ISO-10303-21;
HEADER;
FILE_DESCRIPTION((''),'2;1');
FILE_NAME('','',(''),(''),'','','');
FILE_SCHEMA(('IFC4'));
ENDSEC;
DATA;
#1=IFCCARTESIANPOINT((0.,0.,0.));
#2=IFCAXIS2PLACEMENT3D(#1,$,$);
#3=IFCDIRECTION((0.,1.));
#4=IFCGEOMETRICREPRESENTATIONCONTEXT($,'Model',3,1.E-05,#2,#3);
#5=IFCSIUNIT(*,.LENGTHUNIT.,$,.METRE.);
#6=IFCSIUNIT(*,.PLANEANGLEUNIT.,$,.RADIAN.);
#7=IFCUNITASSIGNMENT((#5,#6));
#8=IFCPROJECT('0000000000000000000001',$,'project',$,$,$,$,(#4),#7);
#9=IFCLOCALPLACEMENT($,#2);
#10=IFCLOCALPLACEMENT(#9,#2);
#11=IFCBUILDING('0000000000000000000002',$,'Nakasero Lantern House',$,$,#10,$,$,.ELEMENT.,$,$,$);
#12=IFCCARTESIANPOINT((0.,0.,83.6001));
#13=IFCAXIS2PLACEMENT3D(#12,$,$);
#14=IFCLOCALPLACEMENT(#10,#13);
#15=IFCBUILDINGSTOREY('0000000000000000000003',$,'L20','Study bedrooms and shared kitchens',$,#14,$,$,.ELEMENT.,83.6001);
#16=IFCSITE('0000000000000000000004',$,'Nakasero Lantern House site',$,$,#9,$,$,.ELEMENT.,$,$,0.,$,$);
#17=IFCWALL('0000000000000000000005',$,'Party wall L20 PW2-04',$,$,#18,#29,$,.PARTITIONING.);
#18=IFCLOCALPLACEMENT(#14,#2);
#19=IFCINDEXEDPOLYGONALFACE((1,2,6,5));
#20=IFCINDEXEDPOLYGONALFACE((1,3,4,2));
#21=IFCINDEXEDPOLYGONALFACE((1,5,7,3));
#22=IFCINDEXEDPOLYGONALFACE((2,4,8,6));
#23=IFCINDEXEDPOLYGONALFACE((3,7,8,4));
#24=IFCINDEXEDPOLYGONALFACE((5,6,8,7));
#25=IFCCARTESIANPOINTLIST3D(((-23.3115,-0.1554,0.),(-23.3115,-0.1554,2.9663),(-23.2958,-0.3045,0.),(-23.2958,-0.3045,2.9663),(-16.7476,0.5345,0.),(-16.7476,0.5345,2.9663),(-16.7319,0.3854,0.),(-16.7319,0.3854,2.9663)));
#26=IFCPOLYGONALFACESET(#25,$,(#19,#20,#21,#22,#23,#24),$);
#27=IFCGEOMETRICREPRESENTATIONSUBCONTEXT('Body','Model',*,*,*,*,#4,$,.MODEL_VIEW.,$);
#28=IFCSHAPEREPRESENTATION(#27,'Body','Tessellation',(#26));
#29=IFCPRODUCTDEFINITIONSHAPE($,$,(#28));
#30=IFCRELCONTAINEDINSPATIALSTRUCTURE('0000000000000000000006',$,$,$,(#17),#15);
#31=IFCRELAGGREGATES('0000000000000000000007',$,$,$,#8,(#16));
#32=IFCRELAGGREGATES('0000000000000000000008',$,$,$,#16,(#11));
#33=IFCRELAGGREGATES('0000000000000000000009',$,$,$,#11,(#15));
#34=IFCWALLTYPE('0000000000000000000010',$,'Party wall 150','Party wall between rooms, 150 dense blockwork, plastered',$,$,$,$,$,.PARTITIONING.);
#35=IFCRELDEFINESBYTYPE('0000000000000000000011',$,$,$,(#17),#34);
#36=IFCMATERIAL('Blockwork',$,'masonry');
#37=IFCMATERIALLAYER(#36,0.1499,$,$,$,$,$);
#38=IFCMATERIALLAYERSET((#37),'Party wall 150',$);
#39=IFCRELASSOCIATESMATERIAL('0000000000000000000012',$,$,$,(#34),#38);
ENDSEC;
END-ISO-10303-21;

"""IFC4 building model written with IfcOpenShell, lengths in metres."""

from ifc_helpers import new_model, si_unit, direction, frame, frame_2d, origin, place, context, subcontext, project, spatial, rectangle, extrude, material, layer, layer_set, type_object, element, save


model = new_model("IFC4")

# Units and contexts
model_context = context("Model", 3, precision=1e-05, world=origin(), true_north=direction((0.0, 1.0)))
body_context = subcontext(model_context, "Body", "Model", "MODEL_VIEW")
ifc_project = project(units=[si_unit("LENGTHUNIT", "METRE"), si_unit("PLANEANGLEUNIT", "RADIAN")], contexts=[model_context])

# Site, building, storey
site_placement = place(None, origin())
site = spatial("IfcSite", under=ifc_project, at=site_placement, Name="Nakasero Lantern House site", CompositionType="ELEMENT", RefElevation=0.0)
building_placement = place(site_placement, origin())
building = spatial("IfcBuilding", under=site, at=building_placement, Name="Nakasero Lantern House", CompositionType="ELEMENT")
storey_placement = place(building_placement, frame((0.0, 0.0, 83.6001)))
storey = spatial("IfcBuildingStorey", under=building, at=storey_placement, Name="L20", Description="Study bedrooms and shared kitchens", CompositionType="ELEMENT", Elevation=83.6001)

# Wall
ifc_material_1 = material(Name="Blockwork", Category="masonry")
ifc_layer_1 = layer(ifc_material_1, 0.1499)
ifc_layer_set_1 = layer_set([ifc_layer_1], Name="Party wall 150")
wall_type_1 = type_object("IfcWallType", Name="Party wall 150", Description="Party wall between rooms, 150 dense blockwork, plastered", PredefinedType="PARTITIONING", material=ifc_layer_set_1)
wall_1_placement = place(storey_placement, frame((-16.7397, 0.46, 0.0), z_axis=(0.0, 0.0, 1.0), x_axis=(-0.994521, -0.104535, 0.0)))
element("IfcWall", 1, at=wall_1_placement, inside=storey, type_object=wall_type_1, Name="Party wall L20 PW2-04", PredefinedType="PARTITIONING", context=body_context, shape_type="SweptSolid", body=[
    extrude(rectangle(XDim=6.6001, YDim=0.1499, at=frame_2d((3.3, 0.0))), origin(), (0.0, 0.0, 1.0), 2.9663),
])

save(model, "model.ifc")
